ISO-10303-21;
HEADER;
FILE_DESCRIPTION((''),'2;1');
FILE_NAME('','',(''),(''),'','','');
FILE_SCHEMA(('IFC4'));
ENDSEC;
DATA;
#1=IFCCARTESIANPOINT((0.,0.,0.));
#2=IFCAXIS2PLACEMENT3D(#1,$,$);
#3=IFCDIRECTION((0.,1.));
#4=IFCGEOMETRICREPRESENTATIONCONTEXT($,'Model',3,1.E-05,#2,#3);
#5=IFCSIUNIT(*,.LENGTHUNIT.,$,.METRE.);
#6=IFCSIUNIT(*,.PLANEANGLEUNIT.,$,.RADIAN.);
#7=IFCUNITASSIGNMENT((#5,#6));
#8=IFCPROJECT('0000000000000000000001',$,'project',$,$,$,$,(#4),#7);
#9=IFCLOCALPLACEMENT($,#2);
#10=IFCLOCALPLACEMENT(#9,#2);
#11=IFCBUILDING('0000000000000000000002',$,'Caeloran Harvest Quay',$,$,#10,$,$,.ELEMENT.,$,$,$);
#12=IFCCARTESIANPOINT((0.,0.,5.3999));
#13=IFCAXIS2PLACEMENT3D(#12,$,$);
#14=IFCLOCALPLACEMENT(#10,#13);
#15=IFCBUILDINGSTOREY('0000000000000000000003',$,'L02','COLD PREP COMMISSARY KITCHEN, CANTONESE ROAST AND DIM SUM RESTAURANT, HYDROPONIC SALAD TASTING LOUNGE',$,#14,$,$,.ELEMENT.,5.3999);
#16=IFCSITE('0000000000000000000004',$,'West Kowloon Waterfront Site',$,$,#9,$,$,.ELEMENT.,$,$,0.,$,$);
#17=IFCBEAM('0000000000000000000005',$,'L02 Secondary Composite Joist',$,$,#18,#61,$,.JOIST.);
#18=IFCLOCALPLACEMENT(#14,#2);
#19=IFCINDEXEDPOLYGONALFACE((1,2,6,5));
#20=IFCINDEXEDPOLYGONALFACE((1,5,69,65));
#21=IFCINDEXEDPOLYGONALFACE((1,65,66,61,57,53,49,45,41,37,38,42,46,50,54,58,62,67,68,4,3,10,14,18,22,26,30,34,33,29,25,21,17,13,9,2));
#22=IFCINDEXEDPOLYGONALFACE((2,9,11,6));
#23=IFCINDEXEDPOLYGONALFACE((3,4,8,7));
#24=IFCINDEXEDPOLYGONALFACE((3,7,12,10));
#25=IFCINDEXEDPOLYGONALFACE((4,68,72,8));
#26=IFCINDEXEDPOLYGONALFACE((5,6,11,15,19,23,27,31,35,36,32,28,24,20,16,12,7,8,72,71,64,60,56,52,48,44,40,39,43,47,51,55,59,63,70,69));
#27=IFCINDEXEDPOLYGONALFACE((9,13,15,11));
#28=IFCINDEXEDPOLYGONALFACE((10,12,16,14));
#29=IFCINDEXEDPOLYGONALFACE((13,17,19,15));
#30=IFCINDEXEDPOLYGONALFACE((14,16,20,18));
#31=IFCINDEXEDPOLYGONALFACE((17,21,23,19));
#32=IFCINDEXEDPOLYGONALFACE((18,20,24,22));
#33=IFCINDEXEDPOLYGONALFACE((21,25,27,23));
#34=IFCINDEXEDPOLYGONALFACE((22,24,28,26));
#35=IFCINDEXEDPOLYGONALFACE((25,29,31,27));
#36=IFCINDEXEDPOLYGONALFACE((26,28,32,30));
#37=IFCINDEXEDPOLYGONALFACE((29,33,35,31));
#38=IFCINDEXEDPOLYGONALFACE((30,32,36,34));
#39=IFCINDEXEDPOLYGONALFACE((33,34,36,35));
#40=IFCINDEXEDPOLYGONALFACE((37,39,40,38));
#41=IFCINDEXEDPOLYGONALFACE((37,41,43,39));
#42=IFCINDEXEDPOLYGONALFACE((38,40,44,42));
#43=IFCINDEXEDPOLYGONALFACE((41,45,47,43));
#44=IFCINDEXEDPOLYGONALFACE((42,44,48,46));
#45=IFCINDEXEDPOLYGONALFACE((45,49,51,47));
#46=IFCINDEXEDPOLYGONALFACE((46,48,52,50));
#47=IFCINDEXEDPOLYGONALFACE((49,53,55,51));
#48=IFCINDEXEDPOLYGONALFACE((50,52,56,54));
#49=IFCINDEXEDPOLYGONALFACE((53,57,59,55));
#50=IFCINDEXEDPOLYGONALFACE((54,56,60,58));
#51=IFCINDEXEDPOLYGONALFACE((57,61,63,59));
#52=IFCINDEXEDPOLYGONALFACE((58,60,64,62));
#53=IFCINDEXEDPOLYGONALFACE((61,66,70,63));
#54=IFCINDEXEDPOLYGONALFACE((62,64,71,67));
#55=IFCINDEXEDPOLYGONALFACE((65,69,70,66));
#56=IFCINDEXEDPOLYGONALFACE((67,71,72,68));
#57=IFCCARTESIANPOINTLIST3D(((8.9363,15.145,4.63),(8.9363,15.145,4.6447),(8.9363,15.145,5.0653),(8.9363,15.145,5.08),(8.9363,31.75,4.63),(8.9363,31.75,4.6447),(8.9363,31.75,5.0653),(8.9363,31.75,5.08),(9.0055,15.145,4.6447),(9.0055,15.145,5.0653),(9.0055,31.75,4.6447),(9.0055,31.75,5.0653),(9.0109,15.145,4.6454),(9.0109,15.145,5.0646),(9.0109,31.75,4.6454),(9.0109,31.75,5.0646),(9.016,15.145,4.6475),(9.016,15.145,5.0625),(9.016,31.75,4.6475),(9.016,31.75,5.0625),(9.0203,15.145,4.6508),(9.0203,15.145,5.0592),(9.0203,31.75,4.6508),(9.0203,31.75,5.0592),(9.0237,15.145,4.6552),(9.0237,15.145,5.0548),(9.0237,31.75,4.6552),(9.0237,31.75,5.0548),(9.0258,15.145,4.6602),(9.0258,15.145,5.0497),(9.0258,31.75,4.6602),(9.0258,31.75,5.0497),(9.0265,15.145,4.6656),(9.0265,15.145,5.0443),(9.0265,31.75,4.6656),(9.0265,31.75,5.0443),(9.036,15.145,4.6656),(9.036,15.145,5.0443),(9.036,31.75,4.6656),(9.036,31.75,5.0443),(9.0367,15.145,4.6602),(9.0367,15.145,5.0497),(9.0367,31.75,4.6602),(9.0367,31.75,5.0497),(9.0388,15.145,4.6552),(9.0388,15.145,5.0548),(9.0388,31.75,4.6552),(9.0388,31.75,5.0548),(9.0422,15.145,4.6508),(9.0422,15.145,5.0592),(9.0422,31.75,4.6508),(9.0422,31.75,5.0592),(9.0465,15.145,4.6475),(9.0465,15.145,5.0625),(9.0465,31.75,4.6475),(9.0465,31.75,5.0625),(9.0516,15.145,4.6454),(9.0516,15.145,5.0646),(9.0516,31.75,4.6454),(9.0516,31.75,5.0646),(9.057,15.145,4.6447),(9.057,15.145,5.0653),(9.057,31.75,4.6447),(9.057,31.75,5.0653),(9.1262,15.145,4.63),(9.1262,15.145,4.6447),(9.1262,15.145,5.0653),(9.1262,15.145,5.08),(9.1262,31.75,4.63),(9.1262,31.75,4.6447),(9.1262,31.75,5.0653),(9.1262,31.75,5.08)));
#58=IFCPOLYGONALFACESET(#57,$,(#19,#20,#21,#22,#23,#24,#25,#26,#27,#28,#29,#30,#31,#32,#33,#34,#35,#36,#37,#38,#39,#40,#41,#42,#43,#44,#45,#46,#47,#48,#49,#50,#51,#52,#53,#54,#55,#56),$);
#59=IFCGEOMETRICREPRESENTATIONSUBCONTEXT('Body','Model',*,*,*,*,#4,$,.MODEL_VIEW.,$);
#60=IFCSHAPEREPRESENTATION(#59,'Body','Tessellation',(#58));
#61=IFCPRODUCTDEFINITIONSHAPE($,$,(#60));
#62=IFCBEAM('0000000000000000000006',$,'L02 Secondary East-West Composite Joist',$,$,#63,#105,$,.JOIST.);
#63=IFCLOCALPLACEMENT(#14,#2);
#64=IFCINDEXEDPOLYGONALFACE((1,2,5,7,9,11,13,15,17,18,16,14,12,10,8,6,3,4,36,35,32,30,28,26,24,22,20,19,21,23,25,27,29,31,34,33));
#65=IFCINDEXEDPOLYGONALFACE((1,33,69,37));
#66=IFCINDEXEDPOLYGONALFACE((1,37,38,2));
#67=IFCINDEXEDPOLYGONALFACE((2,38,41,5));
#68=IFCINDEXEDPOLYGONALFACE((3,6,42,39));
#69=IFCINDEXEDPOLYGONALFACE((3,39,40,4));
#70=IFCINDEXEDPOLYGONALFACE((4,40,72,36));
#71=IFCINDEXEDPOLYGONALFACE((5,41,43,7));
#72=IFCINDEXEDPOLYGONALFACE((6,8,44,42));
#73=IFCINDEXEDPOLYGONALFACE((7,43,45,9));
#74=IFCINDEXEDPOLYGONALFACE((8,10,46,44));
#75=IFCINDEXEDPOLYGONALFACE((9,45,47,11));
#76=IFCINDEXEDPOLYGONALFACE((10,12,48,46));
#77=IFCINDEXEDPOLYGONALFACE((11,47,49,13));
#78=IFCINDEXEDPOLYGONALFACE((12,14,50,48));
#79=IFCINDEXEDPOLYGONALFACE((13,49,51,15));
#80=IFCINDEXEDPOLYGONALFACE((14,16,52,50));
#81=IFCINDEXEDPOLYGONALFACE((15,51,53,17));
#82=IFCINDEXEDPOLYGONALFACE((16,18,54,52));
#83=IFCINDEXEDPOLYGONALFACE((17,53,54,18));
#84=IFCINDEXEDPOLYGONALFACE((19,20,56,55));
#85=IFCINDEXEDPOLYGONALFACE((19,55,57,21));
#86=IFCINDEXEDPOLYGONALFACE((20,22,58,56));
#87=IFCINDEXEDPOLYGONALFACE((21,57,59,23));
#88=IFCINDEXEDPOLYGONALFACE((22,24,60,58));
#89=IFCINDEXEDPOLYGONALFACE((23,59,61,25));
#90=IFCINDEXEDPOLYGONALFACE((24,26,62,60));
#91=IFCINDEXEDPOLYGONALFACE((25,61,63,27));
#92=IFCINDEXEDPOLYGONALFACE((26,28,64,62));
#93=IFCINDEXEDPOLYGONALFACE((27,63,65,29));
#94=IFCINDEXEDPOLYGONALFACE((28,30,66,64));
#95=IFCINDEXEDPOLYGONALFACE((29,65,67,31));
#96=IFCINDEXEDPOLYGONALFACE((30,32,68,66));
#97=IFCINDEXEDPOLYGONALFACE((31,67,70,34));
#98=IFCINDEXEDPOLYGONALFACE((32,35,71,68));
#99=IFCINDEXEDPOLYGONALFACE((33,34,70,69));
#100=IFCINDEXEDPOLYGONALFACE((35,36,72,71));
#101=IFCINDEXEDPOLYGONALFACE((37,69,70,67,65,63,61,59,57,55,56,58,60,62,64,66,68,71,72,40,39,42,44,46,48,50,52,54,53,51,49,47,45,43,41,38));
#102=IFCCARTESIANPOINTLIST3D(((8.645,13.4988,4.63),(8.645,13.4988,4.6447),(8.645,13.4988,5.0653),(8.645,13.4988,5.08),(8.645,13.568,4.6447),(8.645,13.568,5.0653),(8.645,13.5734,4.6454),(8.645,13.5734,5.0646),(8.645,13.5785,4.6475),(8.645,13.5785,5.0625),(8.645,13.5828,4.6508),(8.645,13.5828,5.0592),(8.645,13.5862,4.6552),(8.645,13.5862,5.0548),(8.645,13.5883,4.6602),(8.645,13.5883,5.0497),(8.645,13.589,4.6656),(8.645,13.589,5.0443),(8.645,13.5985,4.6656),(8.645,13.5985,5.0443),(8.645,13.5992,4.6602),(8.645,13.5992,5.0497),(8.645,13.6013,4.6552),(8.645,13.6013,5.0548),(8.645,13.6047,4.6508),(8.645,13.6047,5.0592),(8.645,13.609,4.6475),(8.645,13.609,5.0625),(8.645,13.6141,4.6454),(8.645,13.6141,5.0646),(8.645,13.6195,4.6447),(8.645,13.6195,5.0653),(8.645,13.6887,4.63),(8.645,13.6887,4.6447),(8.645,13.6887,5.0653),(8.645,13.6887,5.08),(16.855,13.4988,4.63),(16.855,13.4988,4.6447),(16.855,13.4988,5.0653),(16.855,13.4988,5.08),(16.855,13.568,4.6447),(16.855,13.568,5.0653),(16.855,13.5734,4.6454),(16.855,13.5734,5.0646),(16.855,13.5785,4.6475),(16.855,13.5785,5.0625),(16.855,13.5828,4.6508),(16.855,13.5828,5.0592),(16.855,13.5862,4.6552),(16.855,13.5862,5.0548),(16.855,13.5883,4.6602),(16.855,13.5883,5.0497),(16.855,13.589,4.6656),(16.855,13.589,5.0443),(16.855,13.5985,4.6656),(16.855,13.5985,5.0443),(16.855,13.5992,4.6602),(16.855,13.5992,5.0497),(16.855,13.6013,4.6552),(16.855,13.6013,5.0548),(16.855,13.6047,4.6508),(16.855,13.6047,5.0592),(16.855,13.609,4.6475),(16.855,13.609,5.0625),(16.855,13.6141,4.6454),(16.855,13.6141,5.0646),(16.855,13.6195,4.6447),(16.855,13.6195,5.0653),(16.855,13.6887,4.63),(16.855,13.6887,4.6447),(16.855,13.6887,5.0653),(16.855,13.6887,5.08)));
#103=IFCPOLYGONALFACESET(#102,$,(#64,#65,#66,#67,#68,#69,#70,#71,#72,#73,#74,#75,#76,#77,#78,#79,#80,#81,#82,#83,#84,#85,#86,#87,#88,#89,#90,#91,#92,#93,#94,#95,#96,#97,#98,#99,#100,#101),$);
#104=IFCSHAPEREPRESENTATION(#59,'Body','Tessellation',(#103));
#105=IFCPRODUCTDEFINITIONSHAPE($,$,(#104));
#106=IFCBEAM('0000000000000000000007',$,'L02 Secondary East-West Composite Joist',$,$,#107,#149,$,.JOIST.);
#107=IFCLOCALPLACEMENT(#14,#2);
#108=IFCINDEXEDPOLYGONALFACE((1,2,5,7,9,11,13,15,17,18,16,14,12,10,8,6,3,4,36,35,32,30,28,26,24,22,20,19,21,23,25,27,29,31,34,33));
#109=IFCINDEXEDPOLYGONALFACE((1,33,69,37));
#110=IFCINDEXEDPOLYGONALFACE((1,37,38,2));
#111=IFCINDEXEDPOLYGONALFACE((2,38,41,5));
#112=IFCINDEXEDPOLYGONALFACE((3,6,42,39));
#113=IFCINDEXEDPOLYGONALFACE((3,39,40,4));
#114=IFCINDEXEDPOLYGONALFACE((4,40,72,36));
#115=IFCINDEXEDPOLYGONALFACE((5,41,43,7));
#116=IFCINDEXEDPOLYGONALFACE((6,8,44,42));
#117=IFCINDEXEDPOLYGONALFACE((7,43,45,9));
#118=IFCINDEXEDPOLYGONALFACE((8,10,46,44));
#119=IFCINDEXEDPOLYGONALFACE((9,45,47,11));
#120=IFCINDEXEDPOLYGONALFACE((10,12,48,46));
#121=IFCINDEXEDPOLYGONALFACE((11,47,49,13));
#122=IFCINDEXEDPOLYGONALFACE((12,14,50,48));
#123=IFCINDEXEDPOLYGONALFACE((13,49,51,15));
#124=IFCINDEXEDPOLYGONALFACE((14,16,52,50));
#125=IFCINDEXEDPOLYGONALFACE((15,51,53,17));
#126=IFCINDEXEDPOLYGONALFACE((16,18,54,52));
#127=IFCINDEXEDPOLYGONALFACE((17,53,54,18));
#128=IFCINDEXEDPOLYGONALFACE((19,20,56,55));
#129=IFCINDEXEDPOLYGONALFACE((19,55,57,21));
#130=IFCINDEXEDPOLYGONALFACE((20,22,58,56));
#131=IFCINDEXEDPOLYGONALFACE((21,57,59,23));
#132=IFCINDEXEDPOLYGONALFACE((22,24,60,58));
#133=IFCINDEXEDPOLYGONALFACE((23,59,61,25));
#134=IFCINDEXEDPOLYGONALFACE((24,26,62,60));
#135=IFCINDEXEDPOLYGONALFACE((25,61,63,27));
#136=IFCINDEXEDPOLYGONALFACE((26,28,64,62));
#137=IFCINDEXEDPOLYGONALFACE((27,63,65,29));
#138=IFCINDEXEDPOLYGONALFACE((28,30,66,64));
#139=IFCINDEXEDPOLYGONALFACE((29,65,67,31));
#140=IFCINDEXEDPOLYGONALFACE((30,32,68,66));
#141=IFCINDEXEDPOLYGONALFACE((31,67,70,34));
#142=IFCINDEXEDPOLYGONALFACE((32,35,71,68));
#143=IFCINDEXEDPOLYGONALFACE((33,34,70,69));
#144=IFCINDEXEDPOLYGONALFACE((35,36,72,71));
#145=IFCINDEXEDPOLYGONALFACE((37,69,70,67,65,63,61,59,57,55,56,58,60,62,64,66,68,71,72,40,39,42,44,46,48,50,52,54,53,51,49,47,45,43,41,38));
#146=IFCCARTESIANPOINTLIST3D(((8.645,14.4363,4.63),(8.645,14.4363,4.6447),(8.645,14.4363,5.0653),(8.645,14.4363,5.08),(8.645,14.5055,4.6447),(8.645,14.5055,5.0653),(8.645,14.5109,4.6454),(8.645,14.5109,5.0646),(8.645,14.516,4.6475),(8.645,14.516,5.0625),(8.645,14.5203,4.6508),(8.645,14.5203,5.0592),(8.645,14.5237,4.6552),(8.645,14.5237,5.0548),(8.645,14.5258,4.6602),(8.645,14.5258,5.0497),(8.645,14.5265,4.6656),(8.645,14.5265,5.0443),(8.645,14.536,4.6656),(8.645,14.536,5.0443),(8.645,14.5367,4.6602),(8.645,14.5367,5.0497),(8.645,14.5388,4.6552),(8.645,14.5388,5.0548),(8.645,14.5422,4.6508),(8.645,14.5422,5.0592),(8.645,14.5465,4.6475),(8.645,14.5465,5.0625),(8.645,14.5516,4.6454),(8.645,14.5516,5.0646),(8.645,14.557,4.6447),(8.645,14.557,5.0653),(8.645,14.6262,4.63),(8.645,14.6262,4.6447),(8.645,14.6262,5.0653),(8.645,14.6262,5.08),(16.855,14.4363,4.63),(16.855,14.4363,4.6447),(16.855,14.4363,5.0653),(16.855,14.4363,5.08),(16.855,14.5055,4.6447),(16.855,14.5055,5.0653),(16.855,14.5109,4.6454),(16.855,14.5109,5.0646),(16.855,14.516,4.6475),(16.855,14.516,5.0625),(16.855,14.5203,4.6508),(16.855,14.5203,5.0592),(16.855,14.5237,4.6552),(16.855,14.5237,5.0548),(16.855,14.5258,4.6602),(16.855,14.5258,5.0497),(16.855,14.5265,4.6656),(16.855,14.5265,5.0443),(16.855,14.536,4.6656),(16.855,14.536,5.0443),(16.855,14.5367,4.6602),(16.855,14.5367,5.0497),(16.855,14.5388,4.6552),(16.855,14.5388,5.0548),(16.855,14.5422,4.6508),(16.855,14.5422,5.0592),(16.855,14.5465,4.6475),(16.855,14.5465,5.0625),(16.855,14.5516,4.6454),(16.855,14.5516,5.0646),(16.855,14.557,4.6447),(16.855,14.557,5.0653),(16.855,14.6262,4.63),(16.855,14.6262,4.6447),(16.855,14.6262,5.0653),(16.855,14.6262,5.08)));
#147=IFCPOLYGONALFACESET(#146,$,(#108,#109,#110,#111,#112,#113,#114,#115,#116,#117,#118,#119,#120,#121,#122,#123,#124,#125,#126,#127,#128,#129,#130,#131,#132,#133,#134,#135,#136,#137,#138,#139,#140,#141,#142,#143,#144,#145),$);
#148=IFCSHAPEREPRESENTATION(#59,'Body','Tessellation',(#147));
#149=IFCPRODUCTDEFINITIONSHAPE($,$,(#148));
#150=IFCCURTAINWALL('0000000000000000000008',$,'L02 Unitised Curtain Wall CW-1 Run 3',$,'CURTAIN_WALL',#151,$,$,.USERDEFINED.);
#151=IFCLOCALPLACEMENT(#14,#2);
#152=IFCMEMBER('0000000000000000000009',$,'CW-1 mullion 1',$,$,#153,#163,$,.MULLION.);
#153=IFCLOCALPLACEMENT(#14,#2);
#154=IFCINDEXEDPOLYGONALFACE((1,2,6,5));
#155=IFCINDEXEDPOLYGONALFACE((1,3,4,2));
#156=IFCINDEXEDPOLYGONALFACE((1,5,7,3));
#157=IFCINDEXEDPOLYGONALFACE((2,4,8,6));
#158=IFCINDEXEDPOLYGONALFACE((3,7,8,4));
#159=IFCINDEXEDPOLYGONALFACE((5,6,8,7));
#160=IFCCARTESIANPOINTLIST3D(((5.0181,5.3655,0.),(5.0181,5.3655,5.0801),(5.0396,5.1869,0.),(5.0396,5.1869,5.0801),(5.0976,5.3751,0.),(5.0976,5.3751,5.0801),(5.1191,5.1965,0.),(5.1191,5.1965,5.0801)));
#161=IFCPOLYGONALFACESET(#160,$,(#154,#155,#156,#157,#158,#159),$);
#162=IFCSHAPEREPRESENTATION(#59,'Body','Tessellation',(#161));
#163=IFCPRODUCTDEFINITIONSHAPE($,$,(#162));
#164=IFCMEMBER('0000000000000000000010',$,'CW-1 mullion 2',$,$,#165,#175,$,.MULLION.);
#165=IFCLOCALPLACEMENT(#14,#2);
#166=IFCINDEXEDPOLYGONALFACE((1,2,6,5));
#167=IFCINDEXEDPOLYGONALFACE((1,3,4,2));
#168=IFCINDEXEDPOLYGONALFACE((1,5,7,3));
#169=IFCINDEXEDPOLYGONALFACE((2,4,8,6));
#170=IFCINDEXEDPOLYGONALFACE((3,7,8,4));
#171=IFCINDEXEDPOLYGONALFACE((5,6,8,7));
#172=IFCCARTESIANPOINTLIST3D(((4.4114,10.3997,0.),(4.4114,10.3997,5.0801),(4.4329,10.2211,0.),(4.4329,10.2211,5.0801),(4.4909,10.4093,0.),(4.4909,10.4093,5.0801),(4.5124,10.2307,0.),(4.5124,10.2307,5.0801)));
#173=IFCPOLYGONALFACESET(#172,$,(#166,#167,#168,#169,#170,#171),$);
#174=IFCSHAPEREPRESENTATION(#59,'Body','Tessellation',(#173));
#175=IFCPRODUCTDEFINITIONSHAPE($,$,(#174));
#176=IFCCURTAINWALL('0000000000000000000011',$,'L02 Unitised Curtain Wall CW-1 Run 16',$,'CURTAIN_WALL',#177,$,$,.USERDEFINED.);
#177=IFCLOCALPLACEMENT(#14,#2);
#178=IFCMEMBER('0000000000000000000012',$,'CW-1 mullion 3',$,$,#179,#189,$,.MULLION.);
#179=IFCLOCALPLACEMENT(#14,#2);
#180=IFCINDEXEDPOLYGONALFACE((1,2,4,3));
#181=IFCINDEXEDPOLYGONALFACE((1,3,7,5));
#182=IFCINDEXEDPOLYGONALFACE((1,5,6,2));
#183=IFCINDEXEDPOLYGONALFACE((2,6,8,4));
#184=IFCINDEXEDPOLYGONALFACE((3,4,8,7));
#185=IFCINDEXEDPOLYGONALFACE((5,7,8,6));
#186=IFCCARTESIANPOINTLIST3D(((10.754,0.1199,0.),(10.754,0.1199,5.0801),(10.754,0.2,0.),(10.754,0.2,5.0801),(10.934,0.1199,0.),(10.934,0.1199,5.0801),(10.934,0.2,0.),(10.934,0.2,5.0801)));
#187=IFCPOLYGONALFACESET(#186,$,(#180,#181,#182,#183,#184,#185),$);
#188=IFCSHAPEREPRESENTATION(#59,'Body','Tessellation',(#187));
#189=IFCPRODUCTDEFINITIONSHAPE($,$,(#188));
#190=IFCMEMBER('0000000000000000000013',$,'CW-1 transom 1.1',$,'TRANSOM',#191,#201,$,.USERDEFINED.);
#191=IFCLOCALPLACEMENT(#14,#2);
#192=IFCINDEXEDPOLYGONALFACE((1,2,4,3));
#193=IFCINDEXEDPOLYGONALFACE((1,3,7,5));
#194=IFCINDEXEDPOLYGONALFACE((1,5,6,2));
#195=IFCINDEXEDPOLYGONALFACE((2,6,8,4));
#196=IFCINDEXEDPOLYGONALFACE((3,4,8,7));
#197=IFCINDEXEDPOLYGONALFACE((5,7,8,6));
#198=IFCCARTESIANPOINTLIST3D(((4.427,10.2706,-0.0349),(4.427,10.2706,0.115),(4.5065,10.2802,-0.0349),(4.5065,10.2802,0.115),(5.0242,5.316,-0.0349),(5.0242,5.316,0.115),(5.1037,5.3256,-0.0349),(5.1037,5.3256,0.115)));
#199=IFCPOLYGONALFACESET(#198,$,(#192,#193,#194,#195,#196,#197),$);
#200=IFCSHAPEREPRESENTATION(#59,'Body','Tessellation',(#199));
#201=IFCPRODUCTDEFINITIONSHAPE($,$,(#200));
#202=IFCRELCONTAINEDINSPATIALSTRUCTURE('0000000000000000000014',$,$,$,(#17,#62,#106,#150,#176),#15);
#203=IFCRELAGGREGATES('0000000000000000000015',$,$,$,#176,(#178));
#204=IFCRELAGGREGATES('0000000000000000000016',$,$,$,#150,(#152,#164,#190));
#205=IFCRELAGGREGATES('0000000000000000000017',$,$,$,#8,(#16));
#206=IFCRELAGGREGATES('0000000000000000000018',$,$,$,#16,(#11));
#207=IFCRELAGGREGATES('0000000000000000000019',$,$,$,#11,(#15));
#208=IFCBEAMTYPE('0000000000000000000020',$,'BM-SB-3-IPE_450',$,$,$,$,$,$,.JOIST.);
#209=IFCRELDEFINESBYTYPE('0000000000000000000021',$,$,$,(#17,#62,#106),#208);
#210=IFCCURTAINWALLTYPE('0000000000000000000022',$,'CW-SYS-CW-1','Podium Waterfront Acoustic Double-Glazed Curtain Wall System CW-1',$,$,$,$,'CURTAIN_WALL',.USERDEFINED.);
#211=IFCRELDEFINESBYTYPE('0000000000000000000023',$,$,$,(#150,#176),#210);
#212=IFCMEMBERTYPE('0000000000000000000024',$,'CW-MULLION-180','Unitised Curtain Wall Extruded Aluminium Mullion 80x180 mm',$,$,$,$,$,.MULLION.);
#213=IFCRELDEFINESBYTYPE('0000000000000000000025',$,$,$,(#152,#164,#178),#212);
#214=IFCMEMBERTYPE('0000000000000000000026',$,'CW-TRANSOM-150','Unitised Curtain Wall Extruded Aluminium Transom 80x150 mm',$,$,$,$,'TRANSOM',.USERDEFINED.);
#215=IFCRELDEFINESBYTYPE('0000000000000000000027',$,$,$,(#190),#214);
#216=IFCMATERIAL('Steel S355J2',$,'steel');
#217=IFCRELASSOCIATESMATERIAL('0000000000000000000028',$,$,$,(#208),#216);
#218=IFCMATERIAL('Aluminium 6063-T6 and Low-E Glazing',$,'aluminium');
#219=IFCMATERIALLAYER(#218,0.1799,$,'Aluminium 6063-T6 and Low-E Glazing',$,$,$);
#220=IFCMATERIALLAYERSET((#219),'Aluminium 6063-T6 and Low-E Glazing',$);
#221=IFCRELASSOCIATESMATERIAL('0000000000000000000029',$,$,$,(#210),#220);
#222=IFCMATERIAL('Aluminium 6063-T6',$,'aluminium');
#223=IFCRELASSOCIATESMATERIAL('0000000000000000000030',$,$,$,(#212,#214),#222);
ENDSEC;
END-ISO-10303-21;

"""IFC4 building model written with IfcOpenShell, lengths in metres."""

from ifc_helpers import new_model, si_unit, direction, frame, origin, origin_2d, place, context, subcontext, project, spatial, rectangle, i_section, extrude, material, layer, layer_set, material_profile, profile_set, type_object, element, aggregate, save


model = new_model("IFC4")

# Units and contexts
model_context = context("Model", 3, precision=1e-05, world=origin(), true_north=direction((0.0, 1.0)))
body_context = subcontext(model_context, "Body", "Model", "MODEL_VIEW")
ifc_project = project(units=[si_unit("LENGTHUNIT", "METRE"), si_unit("PLANEANGLEUNIT", "RADIAN")], contexts=[model_context])

# Site, building, storey
site_placement = place(None, origin())
site = spatial("IfcSite", under=ifc_project, at=site_placement, Name="West Kowloon Waterfront Site", CompositionType="ELEMENT", RefElevation=0.0)
building_placement = place(site_placement, origin())
building = spatial("IfcBuilding", under=site, at=building_placement, Name="Caeloran Harvest Quay", CompositionType="ELEMENT")
storey_placement = place(building_placement, frame((0.0, 0.0, 5.3999)))
storey = spatial("IfcBuildingStorey", under=building, at=storey_placement, Name="L02", Description="COLD PREP COMMISSARY KITCHEN, CANTONESE ROAST AND DIM SUM RESTAURANT, HYDROPONIC SALAD TASTING LOUNGE", CompositionType="ELEMENT", Elevation=5.3999)

# Beams
ifc_material_1 = material(Name="Steel S355J2", Category="steel")
ifc_material_profile_1 = material_profile(ifc_material_1, i_section(OverallWidth=0.1899, OverallDepth=0.45, WebThickness=0.0095, FlangeThickness=0.0146, FilletRadius=0.021, at=origin_2d()), Name="IPE 450")
ifc_profile_set_1 = profile_set([ifc_material_profile_1], Name="Steel S355J2")
beam_type_1 = type_object("IfcBeamType", Name="BM-SB-3-IPE_450", PredefinedType="JOIST", material=ifc_profile_set_1)
beam_1_placement = place(storey_placement, frame((9.0312, 15.145, 4.855), z_axis=(0.0, 1.0, 0.0), x_axis=(-1.0, 0.0, 0.0)))
element("IfcBeam", 1, at=beam_1_placement, inside=storey, type_object=beam_type_1, Name="L02 Secondary Composite Joist", PredefinedType="JOIST", context=body_context, shape_type="SweptSolid", body=[
    extrude(i_section(OverallWidth=0.1899, OverallDepth=0.45, WebThickness=0.0095, FlangeThickness=0.0146, FilletRadius=0.021, at=origin_2d()), origin(), (0.0, 0.0, 1.0), 16.605),
])
for number, where, z_axis, x_axis, name in (
    (2, (8.645, 13.5938, 4.855), (1.0, 0.0, 0.0), (0.0, 1.0, 0.0), "L02 Secondary East-West Composite Joist"),
    (3, (8.645, 14.5312, 4.855), (1.0, 0.0, 0.0), (0.0, 1.0, 0.0), "L02 Secondary East-West Composite Joist"),
):
    element("IfcBeam", number, at=place(storey_placement, frame(where, z_axis=z_axis, x_axis=x_axis)), inside=storey, type_object=beam_type_1, Name=name, PredefinedType="JOIST", context=body_context, shape_type="SweptSolid", body=[
        extrude(i_section(OverallWidth=0.1899, OverallDepth=0.45, WebThickness=0.0095, FlangeThickness=0.0146, FilletRadius=0.021, at=origin_2d()), origin(), (0.0, 0.0, 1.0), 8.21),
    ])

# Curtain wall, members
ifc_material_2 = material(Name="Aluminium 6063-T6 and Low-E Glazing", Category="aluminium")
ifc_layer_1 = layer(ifc_material_2, 0.1799, Name="Aluminium 6063-T6 and Low-E Glazing")
ifc_layer_set_1 = layer_set([ifc_layer_1], Name="Aluminium 6063-T6 and Low-E Glazing")
curtain_wall_type = type_object("IfcCurtainWallType", Name="CW-SYS-CW-1", Description="Podium Waterfront Acoustic Double-Glazed Curtain Wall System CW-1", ElementType="CURTAIN_WALL", PredefinedType="USERDEFINED", material=ifc_layer_set_1)
curtain_wall_1_placement = place(storey_placement, origin())
curtain_wall_1 = element("IfcCurtainWall", 4, at=curtain_wall_1_placement, inside=storey, type_object=curtain_wall_type, Name="L02 Unitised Curtain Wall CW-1 Run 3", ObjectType="CURTAIN_WALL", PredefinedType="USERDEFINED")
ifc_material_3 = material(Name="Aluminium 6063-T6", Category="aluminium")
ifc_material_profile_2 = material_profile(ifc_material_3, rectangle(XDim=0.0801, YDim=0.1799, at=origin_2d()), Name="CW-MULLION-180")
ifc_profile_set_2 = profile_set([ifc_material_profile_2], Name="Aluminium 6063-T6")
member_type_1 = type_object("IfcMemberType", Name="CW-MULLION-180", Description="Unitised Curtain Wall Extruded Aluminium Mullion 80x180 mm", PredefinedType="MULLION", material=ifc_profile_set_2)
member_1_placement = place(storey_placement, frame((5.0686, 5.281, 0.0), z_axis=(0.0, 0.0, 1.0), x_axis=(-0.992815, -0.119658, 0.0)))
member_1 = element("IfcMember", 5, at=member_1_placement, type_object=member_type_1, Name="CW-1 mullion 1", PredefinedType="MULLION", context=body_context, shape_type="SweptSolid", body=[
    extrude(rectangle(XDim=0.0801, YDim=0.1799, at=origin_2d()), origin(), (0.0, 0.0, 1.0), 5.0801),
])
member_2_placement = place(storey_placement, frame((4.4619, 10.3152, 0.0), z_axis=(0.0, 0.0, 1.0), x_axis=(-0.992815, -0.119658, 0.0)))
member_2 = element("IfcMember", 6, at=member_2_placement, type_object=member_type_1, Name="CW-1 mullion 2", PredefinedType="MULLION", context=body_context, shape_type="SweptSolid", body=[
    extrude(rectangle(XDim=0.0801, YDim=0.1799, at=origin_2d()), origin(), (0.0, 0.0, 1.0), 5.0801),
])

# Curtain wall, member
curtain_wall_2_placement = place(storey_placement, origin())
curtain_wall_2 = element("IfcCurtainWall", 7, at=curtain_wall_2_placement, inside=storey, type_object=curtain_wall_type, Name="L02 Unitised Curtain Wall CW-1 Run 16", ObjectType="CURTAIN_WALL", PredefinedType="USERDEFINED")
member_3_placement = place(storey_placement, frame((10.844, 0.1599, 0.0), z_axis=(0.0, 0.0, 1.0), x_axis=(0.0, -1.0, 0.0)))
member_3 = element("IfcMember", 8, at=member_3_placement, type_object=member_type_1, Name="CW-1 mullion 3", PredefinedType="MULLION", context=body_context, shape_type="SweptSolid", body=[
    extrude(rectangle(XDim=0.0801, YDim=0.1799, at=origin_2d()), origin(), (0.0, 0.0, 1.0), 5.0801),
])
aggregate(curtain_wall_2, [member_3])

# Member
ifc_material_profile_3 = material_profile(ifc_material_3, rectangle(XDim=0.0801, YDim=0.1499, at=origin_2d()), Name="CW-TRANSOM-150")
ifc_profile_set_3 = profile_set([ifc_material_profile_3], Name="Aluminium 6063-T6")
member_type_2 = type_object("IfcMemberType", Name="CW-TRANSOM-150", Description="Unitised Curtain Wall Extruded Aluminium Transom 80x150 mm", ElementType="TRANSOM", PredefinedType="USERDEFINED", material=ifc_profile_set_3)
member_4_placement = place(storey_placement, frame((5.064, 5.3208, 0.04), z_axis=(-0.119662, 0.992815, 0.0), x_axis=(-0.992815, -0.119662, 0.0)))
member_4 = element("IfcMember", 9, at=member_4_placement, type_object=member_type_2, Name="CW-1 transom 1.1", ObjectType="TRANSOM", PredefinedType="USERDEFINED", context=body_context, shape_type="SweptSolid", body=[
    extrude(rectangle(XDim=0.0801, YDim=0.1499, at=origin_2d()), origin(), (0.0, 0.0, 1.0), 4.9905),
])

aggregate(curtain_wall_1, [member_1, member_2, member_4])

save(model, "model.ifc")
